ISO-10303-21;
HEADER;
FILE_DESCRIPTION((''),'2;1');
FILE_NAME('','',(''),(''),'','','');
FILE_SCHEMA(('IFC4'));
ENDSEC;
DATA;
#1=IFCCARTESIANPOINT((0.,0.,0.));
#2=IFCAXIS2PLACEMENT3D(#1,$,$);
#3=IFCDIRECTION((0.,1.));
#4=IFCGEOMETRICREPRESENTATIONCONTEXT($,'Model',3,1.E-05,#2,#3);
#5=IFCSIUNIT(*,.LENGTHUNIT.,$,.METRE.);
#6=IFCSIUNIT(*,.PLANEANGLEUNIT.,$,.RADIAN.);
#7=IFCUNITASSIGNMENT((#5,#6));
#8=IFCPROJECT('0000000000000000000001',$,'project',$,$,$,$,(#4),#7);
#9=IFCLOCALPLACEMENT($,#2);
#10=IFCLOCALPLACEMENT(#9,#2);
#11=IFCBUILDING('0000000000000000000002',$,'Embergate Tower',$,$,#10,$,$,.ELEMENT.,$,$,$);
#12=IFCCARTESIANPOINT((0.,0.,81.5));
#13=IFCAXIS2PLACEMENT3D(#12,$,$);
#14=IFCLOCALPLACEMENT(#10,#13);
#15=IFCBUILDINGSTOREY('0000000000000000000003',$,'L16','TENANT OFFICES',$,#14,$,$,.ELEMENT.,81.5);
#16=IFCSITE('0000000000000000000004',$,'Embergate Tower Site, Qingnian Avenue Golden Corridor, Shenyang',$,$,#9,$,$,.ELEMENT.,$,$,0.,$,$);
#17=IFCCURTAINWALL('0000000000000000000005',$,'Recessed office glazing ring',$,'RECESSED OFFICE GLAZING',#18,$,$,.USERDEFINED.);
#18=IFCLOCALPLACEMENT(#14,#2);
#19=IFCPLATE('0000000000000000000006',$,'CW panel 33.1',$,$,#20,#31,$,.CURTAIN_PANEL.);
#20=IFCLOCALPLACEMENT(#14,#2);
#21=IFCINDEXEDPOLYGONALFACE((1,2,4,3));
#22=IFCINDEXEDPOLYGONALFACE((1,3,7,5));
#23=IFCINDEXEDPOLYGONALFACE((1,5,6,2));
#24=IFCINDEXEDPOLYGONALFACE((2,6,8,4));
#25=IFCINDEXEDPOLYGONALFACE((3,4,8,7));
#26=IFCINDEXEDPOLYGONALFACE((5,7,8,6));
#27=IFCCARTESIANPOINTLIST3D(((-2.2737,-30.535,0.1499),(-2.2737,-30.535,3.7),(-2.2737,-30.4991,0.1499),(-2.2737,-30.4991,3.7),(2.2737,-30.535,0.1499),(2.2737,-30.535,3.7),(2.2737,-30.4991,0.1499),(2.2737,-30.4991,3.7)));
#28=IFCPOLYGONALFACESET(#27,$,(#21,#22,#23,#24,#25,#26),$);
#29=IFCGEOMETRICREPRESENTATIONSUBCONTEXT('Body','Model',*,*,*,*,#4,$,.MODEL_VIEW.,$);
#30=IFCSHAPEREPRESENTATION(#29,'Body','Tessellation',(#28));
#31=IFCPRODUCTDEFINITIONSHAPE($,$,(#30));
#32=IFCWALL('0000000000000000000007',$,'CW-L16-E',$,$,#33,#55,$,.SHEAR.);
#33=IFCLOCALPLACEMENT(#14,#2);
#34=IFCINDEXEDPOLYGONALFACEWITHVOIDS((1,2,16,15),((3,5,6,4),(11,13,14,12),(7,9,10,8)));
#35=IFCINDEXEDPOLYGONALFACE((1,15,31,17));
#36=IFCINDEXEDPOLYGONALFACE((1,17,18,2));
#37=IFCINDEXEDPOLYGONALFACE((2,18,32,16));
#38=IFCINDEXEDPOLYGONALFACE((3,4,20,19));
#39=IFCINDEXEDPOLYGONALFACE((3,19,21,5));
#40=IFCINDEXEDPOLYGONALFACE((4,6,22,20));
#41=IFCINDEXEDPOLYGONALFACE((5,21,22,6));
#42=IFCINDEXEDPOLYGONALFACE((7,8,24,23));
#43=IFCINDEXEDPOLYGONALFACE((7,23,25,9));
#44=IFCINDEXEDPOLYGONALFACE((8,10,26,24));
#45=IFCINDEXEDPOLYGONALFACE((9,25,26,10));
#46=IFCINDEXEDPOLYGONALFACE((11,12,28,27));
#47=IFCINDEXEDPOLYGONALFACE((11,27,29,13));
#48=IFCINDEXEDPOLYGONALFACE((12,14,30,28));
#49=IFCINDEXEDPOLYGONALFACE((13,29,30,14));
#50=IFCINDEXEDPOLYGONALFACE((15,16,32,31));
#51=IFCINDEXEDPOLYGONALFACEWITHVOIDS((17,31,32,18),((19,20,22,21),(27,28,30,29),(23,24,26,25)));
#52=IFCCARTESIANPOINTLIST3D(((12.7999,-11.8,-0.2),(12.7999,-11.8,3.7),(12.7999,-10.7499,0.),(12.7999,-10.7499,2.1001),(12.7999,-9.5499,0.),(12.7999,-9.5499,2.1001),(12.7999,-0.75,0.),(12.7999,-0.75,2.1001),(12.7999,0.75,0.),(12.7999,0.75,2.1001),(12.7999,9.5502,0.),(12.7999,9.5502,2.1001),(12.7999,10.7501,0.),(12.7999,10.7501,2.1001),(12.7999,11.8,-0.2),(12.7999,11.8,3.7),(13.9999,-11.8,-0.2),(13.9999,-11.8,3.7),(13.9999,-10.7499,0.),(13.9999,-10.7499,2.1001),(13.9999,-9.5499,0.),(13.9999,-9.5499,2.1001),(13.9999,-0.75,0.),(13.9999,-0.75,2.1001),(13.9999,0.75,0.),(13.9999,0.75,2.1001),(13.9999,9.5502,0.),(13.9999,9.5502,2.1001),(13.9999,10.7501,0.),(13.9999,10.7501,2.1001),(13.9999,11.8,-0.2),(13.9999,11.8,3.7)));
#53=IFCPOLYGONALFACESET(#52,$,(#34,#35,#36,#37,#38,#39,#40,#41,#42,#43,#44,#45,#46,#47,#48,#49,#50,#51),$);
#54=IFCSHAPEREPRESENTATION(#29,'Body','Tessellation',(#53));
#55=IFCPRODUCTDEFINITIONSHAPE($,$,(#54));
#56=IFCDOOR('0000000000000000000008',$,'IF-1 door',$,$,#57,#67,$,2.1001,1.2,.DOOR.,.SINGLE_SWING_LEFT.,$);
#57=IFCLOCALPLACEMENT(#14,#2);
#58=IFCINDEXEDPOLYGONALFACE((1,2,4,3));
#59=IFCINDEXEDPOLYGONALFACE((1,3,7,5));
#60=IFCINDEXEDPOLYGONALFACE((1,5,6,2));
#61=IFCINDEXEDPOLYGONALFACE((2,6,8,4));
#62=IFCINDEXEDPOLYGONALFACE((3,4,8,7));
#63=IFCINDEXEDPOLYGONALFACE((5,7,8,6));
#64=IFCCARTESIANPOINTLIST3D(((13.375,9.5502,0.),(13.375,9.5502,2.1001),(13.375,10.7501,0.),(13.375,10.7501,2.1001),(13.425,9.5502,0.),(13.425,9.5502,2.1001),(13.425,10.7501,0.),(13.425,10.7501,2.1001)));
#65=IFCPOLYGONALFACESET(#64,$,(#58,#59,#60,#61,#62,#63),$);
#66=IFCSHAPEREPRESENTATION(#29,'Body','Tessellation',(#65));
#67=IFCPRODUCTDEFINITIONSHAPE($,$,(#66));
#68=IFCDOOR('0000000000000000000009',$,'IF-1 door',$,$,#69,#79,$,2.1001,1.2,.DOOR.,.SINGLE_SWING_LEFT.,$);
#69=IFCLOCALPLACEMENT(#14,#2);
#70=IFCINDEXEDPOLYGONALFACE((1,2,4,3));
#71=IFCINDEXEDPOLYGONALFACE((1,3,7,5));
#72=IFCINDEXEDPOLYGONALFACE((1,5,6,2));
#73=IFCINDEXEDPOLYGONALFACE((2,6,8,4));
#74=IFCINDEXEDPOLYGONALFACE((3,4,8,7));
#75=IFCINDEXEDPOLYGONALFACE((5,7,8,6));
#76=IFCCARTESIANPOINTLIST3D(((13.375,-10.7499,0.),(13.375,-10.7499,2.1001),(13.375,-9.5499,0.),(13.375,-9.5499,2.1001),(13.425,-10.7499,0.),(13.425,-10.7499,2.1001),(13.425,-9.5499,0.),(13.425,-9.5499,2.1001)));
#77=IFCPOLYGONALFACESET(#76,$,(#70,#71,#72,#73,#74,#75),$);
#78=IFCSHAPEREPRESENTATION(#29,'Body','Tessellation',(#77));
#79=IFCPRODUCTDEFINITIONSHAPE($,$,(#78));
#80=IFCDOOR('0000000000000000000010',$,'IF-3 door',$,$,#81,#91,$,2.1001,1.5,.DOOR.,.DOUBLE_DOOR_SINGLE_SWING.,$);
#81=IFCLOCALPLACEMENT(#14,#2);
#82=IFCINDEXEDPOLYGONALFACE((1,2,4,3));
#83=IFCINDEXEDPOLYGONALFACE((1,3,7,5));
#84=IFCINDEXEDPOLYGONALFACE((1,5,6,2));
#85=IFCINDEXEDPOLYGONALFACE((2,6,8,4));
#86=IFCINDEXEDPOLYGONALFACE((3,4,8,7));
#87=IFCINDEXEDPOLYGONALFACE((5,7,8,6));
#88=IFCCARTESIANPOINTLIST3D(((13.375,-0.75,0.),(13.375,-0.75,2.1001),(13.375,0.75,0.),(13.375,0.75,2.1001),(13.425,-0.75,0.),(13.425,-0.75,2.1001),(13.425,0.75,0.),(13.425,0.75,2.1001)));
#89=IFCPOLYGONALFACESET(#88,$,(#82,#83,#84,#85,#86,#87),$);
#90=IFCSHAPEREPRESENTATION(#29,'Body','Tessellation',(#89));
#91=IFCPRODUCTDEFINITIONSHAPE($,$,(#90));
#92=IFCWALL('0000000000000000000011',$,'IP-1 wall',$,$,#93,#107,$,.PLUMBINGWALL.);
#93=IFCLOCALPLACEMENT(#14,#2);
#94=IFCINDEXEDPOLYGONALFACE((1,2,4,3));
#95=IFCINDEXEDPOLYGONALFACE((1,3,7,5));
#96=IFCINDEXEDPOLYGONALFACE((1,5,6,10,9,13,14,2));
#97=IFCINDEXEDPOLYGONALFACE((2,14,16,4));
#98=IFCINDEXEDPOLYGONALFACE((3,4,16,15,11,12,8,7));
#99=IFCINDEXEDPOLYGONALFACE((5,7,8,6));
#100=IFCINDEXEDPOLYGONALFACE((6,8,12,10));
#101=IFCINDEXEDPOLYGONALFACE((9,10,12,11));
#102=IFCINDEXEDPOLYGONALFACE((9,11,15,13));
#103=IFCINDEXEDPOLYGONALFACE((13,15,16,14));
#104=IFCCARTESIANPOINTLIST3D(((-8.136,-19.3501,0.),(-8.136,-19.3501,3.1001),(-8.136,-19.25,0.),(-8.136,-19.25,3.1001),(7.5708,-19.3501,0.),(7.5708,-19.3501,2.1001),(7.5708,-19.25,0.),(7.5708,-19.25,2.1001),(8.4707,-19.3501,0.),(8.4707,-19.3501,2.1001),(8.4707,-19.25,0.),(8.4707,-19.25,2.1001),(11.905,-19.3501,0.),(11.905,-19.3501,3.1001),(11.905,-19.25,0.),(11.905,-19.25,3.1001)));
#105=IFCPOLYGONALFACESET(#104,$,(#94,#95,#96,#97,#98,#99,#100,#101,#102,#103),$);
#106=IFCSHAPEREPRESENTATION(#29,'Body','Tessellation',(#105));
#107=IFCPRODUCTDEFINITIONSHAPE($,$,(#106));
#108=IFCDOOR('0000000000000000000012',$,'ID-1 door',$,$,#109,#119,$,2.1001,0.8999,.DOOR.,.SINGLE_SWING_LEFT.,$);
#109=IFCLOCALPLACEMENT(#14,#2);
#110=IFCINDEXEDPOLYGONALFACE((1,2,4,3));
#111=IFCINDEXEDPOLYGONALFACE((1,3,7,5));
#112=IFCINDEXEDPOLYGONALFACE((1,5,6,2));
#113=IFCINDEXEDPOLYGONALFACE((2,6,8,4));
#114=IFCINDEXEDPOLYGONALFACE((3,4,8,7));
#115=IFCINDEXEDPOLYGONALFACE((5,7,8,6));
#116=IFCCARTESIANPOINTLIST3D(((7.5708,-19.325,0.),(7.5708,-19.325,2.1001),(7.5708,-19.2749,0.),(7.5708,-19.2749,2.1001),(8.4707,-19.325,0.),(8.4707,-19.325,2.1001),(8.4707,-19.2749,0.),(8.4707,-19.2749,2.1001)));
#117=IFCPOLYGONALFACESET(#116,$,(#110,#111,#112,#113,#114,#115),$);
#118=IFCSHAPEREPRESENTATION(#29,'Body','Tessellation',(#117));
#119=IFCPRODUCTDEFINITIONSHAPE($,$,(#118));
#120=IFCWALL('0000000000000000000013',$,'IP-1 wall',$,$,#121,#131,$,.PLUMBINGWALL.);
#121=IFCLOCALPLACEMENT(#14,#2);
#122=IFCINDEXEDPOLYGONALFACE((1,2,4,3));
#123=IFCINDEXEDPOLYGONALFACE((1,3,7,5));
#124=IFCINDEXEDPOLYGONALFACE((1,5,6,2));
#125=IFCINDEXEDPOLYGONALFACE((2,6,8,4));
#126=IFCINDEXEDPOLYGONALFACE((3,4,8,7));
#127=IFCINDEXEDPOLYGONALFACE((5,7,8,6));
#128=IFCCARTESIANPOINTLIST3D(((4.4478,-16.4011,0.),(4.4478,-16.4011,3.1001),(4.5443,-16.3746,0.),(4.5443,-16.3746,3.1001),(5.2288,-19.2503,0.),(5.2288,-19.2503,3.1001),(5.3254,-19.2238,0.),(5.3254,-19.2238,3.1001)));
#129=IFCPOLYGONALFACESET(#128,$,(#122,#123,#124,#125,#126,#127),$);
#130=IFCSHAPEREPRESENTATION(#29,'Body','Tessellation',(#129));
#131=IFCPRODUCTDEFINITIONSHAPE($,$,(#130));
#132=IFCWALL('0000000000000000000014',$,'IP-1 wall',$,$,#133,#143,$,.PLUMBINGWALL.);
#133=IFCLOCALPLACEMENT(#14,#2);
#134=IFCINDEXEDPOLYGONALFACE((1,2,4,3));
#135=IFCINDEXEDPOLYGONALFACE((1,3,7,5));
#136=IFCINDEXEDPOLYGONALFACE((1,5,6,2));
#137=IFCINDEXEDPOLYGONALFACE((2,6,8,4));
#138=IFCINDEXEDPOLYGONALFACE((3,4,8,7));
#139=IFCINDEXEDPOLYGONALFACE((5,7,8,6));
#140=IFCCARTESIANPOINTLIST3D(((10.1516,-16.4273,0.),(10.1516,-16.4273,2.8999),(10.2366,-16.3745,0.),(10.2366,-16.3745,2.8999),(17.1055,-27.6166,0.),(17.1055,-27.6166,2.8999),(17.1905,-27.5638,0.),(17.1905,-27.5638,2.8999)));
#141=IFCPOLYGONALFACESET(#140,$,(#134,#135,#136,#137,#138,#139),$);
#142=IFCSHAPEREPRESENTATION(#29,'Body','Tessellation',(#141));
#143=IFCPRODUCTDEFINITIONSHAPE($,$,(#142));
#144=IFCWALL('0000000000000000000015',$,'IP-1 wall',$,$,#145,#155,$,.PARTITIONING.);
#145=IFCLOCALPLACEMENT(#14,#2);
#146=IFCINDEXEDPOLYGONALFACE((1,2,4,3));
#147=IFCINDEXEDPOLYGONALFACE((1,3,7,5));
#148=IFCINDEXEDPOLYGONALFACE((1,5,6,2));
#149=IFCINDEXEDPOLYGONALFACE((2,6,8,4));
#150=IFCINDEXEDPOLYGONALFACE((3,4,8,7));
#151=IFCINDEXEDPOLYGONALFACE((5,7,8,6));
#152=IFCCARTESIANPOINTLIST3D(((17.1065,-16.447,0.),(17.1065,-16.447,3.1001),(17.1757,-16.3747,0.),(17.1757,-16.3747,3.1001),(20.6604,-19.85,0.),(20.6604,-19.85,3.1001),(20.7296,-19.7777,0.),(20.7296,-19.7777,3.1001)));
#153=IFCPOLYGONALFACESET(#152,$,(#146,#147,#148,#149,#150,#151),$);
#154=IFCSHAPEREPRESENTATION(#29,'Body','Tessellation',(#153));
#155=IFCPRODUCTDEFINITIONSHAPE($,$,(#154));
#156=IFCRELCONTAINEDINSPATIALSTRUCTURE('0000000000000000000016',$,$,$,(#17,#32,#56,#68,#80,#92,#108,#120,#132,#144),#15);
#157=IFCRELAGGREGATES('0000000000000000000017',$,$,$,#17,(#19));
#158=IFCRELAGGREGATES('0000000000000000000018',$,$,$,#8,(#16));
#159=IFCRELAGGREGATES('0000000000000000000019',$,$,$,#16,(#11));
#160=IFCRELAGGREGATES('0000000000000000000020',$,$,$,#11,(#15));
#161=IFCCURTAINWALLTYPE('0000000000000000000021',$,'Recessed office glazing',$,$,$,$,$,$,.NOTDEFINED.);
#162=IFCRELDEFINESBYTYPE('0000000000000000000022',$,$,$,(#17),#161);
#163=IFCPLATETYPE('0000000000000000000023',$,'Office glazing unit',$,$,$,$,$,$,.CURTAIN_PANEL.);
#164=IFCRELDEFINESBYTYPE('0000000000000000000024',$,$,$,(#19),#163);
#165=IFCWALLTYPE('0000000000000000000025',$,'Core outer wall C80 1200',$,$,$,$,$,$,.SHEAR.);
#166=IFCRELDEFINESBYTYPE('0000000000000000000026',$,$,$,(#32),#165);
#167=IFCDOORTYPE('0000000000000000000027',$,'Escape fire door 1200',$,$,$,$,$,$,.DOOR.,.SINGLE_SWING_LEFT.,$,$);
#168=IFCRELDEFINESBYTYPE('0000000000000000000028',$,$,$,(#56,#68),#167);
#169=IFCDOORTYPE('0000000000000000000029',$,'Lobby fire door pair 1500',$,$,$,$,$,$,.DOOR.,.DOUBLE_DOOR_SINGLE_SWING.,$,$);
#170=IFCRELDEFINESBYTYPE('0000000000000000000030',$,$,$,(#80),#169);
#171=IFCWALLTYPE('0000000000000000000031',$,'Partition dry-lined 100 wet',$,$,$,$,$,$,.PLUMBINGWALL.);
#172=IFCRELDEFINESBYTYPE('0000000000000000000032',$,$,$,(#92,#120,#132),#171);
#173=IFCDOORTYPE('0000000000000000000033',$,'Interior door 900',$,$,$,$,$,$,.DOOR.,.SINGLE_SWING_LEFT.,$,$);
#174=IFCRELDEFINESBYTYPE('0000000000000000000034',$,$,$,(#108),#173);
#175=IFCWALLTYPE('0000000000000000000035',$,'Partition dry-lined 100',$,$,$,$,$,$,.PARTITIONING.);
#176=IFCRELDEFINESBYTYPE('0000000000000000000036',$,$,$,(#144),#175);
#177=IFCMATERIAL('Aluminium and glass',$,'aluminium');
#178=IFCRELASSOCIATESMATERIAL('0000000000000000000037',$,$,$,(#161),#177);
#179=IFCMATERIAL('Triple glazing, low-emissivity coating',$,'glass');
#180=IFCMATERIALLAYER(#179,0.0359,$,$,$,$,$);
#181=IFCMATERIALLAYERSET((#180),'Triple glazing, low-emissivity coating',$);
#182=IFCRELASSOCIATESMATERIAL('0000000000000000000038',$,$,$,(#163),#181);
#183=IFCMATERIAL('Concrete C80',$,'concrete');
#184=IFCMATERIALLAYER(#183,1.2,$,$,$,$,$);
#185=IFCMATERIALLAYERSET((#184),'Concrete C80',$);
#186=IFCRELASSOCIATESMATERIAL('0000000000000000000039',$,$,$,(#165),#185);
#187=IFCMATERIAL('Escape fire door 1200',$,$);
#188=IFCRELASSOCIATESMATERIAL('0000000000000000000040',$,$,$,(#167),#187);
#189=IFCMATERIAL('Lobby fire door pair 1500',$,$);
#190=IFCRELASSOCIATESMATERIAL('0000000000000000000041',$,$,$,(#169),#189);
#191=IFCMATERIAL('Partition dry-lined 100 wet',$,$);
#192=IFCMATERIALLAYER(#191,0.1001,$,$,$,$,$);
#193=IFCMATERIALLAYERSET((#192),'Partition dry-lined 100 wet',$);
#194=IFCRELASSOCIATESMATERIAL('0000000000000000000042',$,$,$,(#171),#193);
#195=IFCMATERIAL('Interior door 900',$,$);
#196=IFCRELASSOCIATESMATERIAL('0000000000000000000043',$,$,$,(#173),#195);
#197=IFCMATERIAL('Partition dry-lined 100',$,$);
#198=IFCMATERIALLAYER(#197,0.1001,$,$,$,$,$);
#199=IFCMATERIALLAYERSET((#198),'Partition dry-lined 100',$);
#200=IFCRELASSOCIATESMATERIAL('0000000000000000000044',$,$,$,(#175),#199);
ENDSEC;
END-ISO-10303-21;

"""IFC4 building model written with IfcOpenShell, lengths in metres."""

from ifc_helpers import new_model, si_unit, direction, frame, frame_2d, origin, origin_2d, place, context, subcontext, project, spatial, rectangle, extrude, source, transform, mapped, material, layer, layer_set, type_object, element, fill, aggregate, save


model = new_model("IFC4")

# Units and contexts
model_context = context("Model", 3, precision=1e-05, world=origin(), true_north=direction((0.0, 1.0)))
body_context = subcontext(model_context, "Body", "Model", "MODEL_VIEW")
ifc_project = project(units=[si_unit("LENGTHUNIT", "METRE"), si_unit("PLANEANGLEUNIT", "RADIAN")], contexts=[model_context])

# Site, building, storey
site_placement = place(None, origin())
site = spatial("IfcSite", under=ifc_project, at=site_placement, Name="Embergate Tower Site, Qingnian Avenue Golden Corridor, Shenyang", CompositionType="ELEMENT", RefElevation=0.0)
building_placement = place(site_placement, origin())
building = spatial("IfcBuilding", under=site, at=building_placement, Name="Embergate Tower", CompositionType="ELEMENT")
storey_placement = place(building_placement, frame((0.0, 0.0, 81.5)))
storey = spatial("IfcBuildingStorey", under=building, at=storey_placement, Name="L16", Description="TENANT OFFICES", CompositionType="ELEMENT", Elevation=81.5)

# Curtain wall, plate
ifc_material_1 = material(Name="Aluminium and glass", Category="aluminium")
curtain_wall_type = type_object("IfcCurtainWallType", Name="Recessed office glazing", PredefinedType="NOTDEFINED", material=ifc_material_1)
curtain_wall_placement = place(storey_placement, origin())
curtain_wall = element("IfcCurtainWall", 1, at=curtain_wall_placement, inside=storey, type_object=curtain_wall_type, Name="Recessed office glazing ring", ObjectType="RECESSED OFFICE GLAZING", PredefinedType="USERDEFINED")
ifc_material_2 = material(Name="Triple glazing, low-emissivity coating", Category="glass")
ifc_layer_1 = layer(ifc_material_2, 0.0359)
ifc_layer_set_1 = layer_set([ifc_layer_1], Name="Triple glazing, low-emissivity coating")
plate_type = type_object("IfcPlateType", Name="Office glazing unit", PredefinedType="CURTAIN_PANEL", material=ifc_layer_set_1)
shared_shape_1 = source(origin(), body_context, "Body", "SweptSolid", [
    extrude(rectangle(XDim=4.5474, YDim=0.0359, at=origin_2d()), origin(), (0.0, 0.0, 1.0), 3.55),
])
plate_1_placement = place(storey_placement, frame((0.0, -30.5171, 0.1499), z_axis=(0.0, 0.0, 1.0), x_axis=(1.0, 0.0, 0.0)))
plate_1 = element("IfcPlate", 2, at=plate_1_placement, type_object=plate_type, Name="CW panel 33.1", PredefinedType="CURTAIN_PANEL", context=body_context, shape_type="MappedRepresentation", body=[
    mapped(shared_shape_1, transform((0.0, 0.0, 0.0))),
])
aggregate(curtain_wall, [plate_1])

# Wall, openings, doors
ifc_material_3 = material(Name="Concrete C80", Category="concrete")
ifc_layer_2 = layer(ifc_material_3, 1.2)
ifc_layer_set_2 = layer_set([ifc_layer_2], Name="Concrete C80")
wall_type_1 = type_object("IfcWallType", Name="Core outer wall C80 1200", PredefinedType="SHEAR", material=ifc_layer_set_2)
shared_shape_2 = source(origin(), body_context, "Body", "SweptSolid", [
    extrude(rectangle(XDim=23.6001, YDim=1.2, at=frame_2d((11.8, 0.0))), origin(), (0.0, 0.0, 1.0), 3.8999),
])
wall_1_placement = place(storey_placement, frame((13.3999, -11.8, -0.2), z_axis=(0.0, 0.0, 1.0), x_axis=(0.0, 1.0, 0.0)))
wall_1 = element("IfcWall", 3, at=wall_1_placement, inside=storey, type_object=wall_type_1, Name="CW-L16-E", PredefinedType="SHEAR", context=body_context, shape_type="MappedRepresentation", body=[
    mapped(shared_shape_2, transform((0.0, 0.0, 0.0))),
])
shared_shape_3 = source(origin(), body_context, "Body", "SweptSolid", [
    extrude(rectangle(XDim=1.2, YDim=2.1001, at=frame_2d((0.6001, 1.05))), frame((0.0, 0.6099, 0.0), z_axis=(0.0, -1.0, 0.0), x_axis=(1.0, 0.0, 0.0)), (0.0, 0.0, 1.0), 1.22),
])
opening_1_placement = place(wall_1_placement, frame((21.3501, 0.0, 0.2)))
opening_1 = element("IfcOpeningElement", 4, at=opening_1_placement, cuts=wall_1, PredefinedType="OPENING", context=body_context, shape_type="MappedRepresentation", body=[
    mapped(shared_shape_3, transform((0.0, 0.0, 0.0))),
])
opening_2_placement = place(wall_1_placement, frame((1.05, 0.0, 0.2)))
opening_2 = element("IfcOpeningElement", 5, at=opening_2_placement, cuts=wall_1, PredefinedType="OPENING", context=body_context, shape_type="MappedRepresentation", body=[
    mapped(shared_shape_3, transform((0.0, 0.0, 0.0))),
])
shared_shape_4 = source(origin(), body_context, "Body", "SweptSolid", [
    extrude(rectangle(XDim=1.5, YDim=2.1001, at=frame_2d((0.75, 1.05))), frame((0.0, 0.6099, 0.0), z_axis=(0.0, -1.0, 0.0), x_axis=(1.0, 0.0, 0.0)), (0.0, 0.0, 1.0), 1.22),
])
opening_3_placement = place(wall_1_placement, frame((11.05, 0.0, 0.2)))
opening_3 = element("IfcOpeningElement", 6, at=opening_3_placement, cuts=wall_1, PredefinedType="OPENING", context=body_context, shape_type="MappedRepresentation", body=[
    mapped(shared_shape_4, transform((0.0, 0.0, 0.0))),
])
ifc_material_4 = material(Name="Escape fire door 1200")
door_type_1 = type_object("IfcDoorType", Name="Escape fire door 1200", OperationType="SINGLE_SWING_LEFT", PredefinedType="DOOR", material=ifc_material_4)
shared_shape_5 = source(origin(), body_context, "Body", "SweptSolid", [
    extrude(rectangle(XDim=1.2, YDim=2.1001, at=frame_2d((0.6001, 1.05))), frame((0.0, 0.0249, 0.0), z_axis=(0.0, -1.0, 0.0), x_axis=(1.0, 0.0, 0.0)), (0.0, 0.0, 1.0), 0.05),
])
door_1_placement = place(opening_1_placement, origin())
door_1 = element("IfcDoor", 7, at=door_1_placement, inside=storey, type_object=door_type_1, Name="IF-1 door", OperationType="SINGLE_SWING_LEFT", OverallHeight=2.1001, OverallWidth=1.2, PredefinedType="DOOR", context=body_context, shape_type="MappedRepresentation", body=[
    mapped(shared_shape_5, transform((0.0, 0.0, 0.0))),
])
fill(opening_1, door_1)
door_2_placement = place(opening_2_placement, origin())
door_2 = element("IfcDoor", 8, at=door_2_placement, inside=storey, type_object=door_type_1, Name="IF-1 door", OperationType="SINGLE_SWING_LEFT", OverallHeight=2.1001, OverallWidth=1.2, PredefinedType="DOOR", context=body_context, shape_type="MappedRepresentation", body=[
    mapped(shared_shape_5, transform((0.0, 0.0, 0.0))),
])
fill(opening_2, door_2)
ifc_material_5 = material(Name="Lobby fire door pair 1500")
door_type_2 = type_object("IfcDoorType", Name="Lobby fire door pair 1500", OperationType="DOUBLE_DOOR_SINGLE_SWING", PredefinedType="DOOR", material=ifc_material_5)
shared_shape_6 = source(origin(), body_context, "Body", "SweptSolid", [
    extrude(rectangle(XDim=1.5, YDim=2.1001, at=frame_2d((0.75, 1.05))), frame((0.0, 0.0249, 0.0), z_axis=(0.0, -1.0, 0.0), x_axis=(1.0, 0.0, 0.0)), (0.0, 0.0, 1.0), 0.05),
])
door_3_placement = place(opening_3_placement, origin())
door_3 = element("IfcDoor", 9, at=door_3_placement, inside=storey, type_object=door_type_2, Name="IF-3 door", OperationType="DOUBLE_DOOR_SINGLE_SWING", OverallHeight=2.1001, OverallWidth=1.5, PredefinedType="DOOR", context=body_context, shape_type="MappedRepresentation", body=[
    mapped(shared_shape_6, transform((0.0, 0.0, 0.0))),
])
fill(opening_3, door_3)

# Wall, opening, door
ifc_material_6 = material(Name="Partition dry-lined 100 wet")
ifc_layer_3 = layer(ifc_material_6, 0.1001)
ifc_layer_set_3 = layer_set([ifc_layer_3], Name="Partition dry-lined 100 wet")
wall_type_2 = type_object("IfcWallType", Name="Partition dry-lined 100 wet", PredefinedType="PLUMBINGWALL", material=ifc_layer_set_3)
shared_shape_7 = source(origin(), body_context, "Body", "SweptSolid", [
    extrude(rectangle(XDim=20.041, YDim=0.1001, at=frame_2d((10.0205, 0.0))), origin(), (0.0, 0.0, 1.0), 3.1001),
])
wall_2_placement = place(storey_placement, frame((11.905, -19.3, 0.0), z_axis=(0.0, 0.0, 1.0), x_axis=(-1.0, 0.0, 0.0)))
wall_2 = element("IfcWall", 10, at=wall_2_placement, inside=storey, type_object=wall_type_2, Name="IP-1 wall", PredefinedType="PLUMBINGWALL", context=body_context, shape_type="MappedRepresentation", body=[
    mapped(shared_shape_7, transform((0.0, 0.0, 0.0))),
])
shared_shape_8 = source(origin(), body_context, "Body", "SweptSolid", [
    extrude(rectangle(XDim=0.8999, YDim=2.1001, at=frame_2d((0.45, 1.05))), frame((0.0, 0.0601, 0.0), z_axis=(0.0, -1.0, 0.0), x_axis=(1.0, 0.0, 0.0)), (0.0, 0.0, 1.0), 0.1201),
])
opening_4_placement = place(wall_2_placement, frame((3.4343, 0.0, 0.0)))
opening_4 = element("IfcOpeningElement", 11, at=opening_4_placement, cuts=wall_2, PredefinedType="OPENING", context=body_context, shape_type="MappedRepresentation", body=[
    mapped(shared_shape_8, transform((0.0, 0.0, 0.0))),
])
ifc_material_7 = material(Name="Interior door 900")
door_type_3 = type_object("IfcDoorType", Name="Interior door 900", OperationType="SINGLE_SWING_LEFT", PredefinedType="DOOR", material=ifc_material_7)
shared_shape_9 = source(origin(), body_context, "Body", "SweptSolid", [
    extrude(rectangle(XDim=0.8999, YDim=2.1001, at=frame_2d((0.45, 1.05))), frame((0.0, 0.0249, 0.0), z_axis=(0.0, -1.0, 0.0), x_axis=(1.0, 0.0, 0.0)), (0.0, 0.0, 1.0), 0.05),
])
door_4_placement = place(opening_4_placement, origin())
door_4 = element("IfcDoor", 12, at=door_4_placement, inside=storey, type_object=door_type_3, Name="ID-1 door", OperationType="SINGLE_SWING_LEFT", OverallHeight=2.1001, OverallWidth=0.8999, PredefinedType="DOOR", context=body_context, shape_type="MappedRepresentation", body=[
    mapped(shared_shape_9, transform((0.0, 0.0, 0.0))),
])
fill(opening_4, door_4)

# Walls
shared_shape_10 = source(origin(), body_context, "Body", "SweptSolid", [
    extrude(rectangle(XDim=2.9543, YDim=0.1001, at=frame_2d((1.4771, 0.0))), origin(), (0.0, 0.0, 1.0), 3.1001),
])
wall_3_placement = place(storey_placement, frame((4.4961, -16.3879, 0.0), z_axis=(0.0, 0.0, 1.0), x_axis=(0.264369, -0.964422, 0.0)))
element("IfcWall", 13, at=wall_3_placement, inside=storey, type_object=wall_type_2, Name="IP-1 wall", PredefinedType="PLUMBINGWALL", context=body_context, shape_type="MappedRepresentation", body=[
    mapped(shared_shape_10, transform((0.0, 0.0, 0.0))),
])
shared_shape_11 = source(origin(), body_context, "Body", "SweptSolid", [
    extrude(rectangle(XDim=13.1741, YDim=0.1001, at=frame_2d((6.5869, 0.0))), origin(), (0.0, 0.0, 1.0), 2.8999),
])
wall_4_placement = place(storey_placement, frame((17.1479, -27.5901, 0.0), z_axis=(0.0, 0.0, 1.0), x_axis=(-0.527847, 0.84934, 0.0)))
element("IfcWall", 14, at=wall_4_placement, inside=storey, type_object=wall_type_2, Name="IP-1 wall", PredefinedType="PLUMBINGWALL", context=body_context, shape_type="MappedRepresentation", body=[
    mapped(shared_shape_11, transform((0.0, 0.0, 0.0))),
])
ifc_material_8 = material(Name="Partition dry-lined 100")
ifc_layer_4 = layer(ifc_material_8, 0.1001)
ifc_layer_set_4 = layer_set([ifc_layer_4], Name="Partition dry-lined 100")
wall_type_3 = type_object("IfcWallType", Name="Partition dry-lined 100", PredefinedType="PARTITIONING", material=ifc_layer_set_4)
shared_shape_12 = source(origin(), body_context, "Body", "SweptSolid", [
    extrude(rectangle(XDim=4.9204, YDim=0.1001, at=frame_2d((2.4602, 0.0))), origin(), (0.0, 0.0, 1.0), 3.1001),
])
wall_5_placement = place(storey_placement, frame((17.1411, -16.4109, 0.0), z_axis=(0.0, 0.0, 1.0), x_axis=(0.722272, -0.691609, 0.0)))
element("IfcWall", 15, at=wall_5_placement, inside=storey, type_object=wall_type_3, Name="IP-1 wall", PredefinedType="PARTITIONING", context=body_context, shape_type="MappedRepresentation", body=[
    mapped(shared_shape_12, transform((0.0, 0.0, 0.0))),
])

save(model, "model.ifc")
